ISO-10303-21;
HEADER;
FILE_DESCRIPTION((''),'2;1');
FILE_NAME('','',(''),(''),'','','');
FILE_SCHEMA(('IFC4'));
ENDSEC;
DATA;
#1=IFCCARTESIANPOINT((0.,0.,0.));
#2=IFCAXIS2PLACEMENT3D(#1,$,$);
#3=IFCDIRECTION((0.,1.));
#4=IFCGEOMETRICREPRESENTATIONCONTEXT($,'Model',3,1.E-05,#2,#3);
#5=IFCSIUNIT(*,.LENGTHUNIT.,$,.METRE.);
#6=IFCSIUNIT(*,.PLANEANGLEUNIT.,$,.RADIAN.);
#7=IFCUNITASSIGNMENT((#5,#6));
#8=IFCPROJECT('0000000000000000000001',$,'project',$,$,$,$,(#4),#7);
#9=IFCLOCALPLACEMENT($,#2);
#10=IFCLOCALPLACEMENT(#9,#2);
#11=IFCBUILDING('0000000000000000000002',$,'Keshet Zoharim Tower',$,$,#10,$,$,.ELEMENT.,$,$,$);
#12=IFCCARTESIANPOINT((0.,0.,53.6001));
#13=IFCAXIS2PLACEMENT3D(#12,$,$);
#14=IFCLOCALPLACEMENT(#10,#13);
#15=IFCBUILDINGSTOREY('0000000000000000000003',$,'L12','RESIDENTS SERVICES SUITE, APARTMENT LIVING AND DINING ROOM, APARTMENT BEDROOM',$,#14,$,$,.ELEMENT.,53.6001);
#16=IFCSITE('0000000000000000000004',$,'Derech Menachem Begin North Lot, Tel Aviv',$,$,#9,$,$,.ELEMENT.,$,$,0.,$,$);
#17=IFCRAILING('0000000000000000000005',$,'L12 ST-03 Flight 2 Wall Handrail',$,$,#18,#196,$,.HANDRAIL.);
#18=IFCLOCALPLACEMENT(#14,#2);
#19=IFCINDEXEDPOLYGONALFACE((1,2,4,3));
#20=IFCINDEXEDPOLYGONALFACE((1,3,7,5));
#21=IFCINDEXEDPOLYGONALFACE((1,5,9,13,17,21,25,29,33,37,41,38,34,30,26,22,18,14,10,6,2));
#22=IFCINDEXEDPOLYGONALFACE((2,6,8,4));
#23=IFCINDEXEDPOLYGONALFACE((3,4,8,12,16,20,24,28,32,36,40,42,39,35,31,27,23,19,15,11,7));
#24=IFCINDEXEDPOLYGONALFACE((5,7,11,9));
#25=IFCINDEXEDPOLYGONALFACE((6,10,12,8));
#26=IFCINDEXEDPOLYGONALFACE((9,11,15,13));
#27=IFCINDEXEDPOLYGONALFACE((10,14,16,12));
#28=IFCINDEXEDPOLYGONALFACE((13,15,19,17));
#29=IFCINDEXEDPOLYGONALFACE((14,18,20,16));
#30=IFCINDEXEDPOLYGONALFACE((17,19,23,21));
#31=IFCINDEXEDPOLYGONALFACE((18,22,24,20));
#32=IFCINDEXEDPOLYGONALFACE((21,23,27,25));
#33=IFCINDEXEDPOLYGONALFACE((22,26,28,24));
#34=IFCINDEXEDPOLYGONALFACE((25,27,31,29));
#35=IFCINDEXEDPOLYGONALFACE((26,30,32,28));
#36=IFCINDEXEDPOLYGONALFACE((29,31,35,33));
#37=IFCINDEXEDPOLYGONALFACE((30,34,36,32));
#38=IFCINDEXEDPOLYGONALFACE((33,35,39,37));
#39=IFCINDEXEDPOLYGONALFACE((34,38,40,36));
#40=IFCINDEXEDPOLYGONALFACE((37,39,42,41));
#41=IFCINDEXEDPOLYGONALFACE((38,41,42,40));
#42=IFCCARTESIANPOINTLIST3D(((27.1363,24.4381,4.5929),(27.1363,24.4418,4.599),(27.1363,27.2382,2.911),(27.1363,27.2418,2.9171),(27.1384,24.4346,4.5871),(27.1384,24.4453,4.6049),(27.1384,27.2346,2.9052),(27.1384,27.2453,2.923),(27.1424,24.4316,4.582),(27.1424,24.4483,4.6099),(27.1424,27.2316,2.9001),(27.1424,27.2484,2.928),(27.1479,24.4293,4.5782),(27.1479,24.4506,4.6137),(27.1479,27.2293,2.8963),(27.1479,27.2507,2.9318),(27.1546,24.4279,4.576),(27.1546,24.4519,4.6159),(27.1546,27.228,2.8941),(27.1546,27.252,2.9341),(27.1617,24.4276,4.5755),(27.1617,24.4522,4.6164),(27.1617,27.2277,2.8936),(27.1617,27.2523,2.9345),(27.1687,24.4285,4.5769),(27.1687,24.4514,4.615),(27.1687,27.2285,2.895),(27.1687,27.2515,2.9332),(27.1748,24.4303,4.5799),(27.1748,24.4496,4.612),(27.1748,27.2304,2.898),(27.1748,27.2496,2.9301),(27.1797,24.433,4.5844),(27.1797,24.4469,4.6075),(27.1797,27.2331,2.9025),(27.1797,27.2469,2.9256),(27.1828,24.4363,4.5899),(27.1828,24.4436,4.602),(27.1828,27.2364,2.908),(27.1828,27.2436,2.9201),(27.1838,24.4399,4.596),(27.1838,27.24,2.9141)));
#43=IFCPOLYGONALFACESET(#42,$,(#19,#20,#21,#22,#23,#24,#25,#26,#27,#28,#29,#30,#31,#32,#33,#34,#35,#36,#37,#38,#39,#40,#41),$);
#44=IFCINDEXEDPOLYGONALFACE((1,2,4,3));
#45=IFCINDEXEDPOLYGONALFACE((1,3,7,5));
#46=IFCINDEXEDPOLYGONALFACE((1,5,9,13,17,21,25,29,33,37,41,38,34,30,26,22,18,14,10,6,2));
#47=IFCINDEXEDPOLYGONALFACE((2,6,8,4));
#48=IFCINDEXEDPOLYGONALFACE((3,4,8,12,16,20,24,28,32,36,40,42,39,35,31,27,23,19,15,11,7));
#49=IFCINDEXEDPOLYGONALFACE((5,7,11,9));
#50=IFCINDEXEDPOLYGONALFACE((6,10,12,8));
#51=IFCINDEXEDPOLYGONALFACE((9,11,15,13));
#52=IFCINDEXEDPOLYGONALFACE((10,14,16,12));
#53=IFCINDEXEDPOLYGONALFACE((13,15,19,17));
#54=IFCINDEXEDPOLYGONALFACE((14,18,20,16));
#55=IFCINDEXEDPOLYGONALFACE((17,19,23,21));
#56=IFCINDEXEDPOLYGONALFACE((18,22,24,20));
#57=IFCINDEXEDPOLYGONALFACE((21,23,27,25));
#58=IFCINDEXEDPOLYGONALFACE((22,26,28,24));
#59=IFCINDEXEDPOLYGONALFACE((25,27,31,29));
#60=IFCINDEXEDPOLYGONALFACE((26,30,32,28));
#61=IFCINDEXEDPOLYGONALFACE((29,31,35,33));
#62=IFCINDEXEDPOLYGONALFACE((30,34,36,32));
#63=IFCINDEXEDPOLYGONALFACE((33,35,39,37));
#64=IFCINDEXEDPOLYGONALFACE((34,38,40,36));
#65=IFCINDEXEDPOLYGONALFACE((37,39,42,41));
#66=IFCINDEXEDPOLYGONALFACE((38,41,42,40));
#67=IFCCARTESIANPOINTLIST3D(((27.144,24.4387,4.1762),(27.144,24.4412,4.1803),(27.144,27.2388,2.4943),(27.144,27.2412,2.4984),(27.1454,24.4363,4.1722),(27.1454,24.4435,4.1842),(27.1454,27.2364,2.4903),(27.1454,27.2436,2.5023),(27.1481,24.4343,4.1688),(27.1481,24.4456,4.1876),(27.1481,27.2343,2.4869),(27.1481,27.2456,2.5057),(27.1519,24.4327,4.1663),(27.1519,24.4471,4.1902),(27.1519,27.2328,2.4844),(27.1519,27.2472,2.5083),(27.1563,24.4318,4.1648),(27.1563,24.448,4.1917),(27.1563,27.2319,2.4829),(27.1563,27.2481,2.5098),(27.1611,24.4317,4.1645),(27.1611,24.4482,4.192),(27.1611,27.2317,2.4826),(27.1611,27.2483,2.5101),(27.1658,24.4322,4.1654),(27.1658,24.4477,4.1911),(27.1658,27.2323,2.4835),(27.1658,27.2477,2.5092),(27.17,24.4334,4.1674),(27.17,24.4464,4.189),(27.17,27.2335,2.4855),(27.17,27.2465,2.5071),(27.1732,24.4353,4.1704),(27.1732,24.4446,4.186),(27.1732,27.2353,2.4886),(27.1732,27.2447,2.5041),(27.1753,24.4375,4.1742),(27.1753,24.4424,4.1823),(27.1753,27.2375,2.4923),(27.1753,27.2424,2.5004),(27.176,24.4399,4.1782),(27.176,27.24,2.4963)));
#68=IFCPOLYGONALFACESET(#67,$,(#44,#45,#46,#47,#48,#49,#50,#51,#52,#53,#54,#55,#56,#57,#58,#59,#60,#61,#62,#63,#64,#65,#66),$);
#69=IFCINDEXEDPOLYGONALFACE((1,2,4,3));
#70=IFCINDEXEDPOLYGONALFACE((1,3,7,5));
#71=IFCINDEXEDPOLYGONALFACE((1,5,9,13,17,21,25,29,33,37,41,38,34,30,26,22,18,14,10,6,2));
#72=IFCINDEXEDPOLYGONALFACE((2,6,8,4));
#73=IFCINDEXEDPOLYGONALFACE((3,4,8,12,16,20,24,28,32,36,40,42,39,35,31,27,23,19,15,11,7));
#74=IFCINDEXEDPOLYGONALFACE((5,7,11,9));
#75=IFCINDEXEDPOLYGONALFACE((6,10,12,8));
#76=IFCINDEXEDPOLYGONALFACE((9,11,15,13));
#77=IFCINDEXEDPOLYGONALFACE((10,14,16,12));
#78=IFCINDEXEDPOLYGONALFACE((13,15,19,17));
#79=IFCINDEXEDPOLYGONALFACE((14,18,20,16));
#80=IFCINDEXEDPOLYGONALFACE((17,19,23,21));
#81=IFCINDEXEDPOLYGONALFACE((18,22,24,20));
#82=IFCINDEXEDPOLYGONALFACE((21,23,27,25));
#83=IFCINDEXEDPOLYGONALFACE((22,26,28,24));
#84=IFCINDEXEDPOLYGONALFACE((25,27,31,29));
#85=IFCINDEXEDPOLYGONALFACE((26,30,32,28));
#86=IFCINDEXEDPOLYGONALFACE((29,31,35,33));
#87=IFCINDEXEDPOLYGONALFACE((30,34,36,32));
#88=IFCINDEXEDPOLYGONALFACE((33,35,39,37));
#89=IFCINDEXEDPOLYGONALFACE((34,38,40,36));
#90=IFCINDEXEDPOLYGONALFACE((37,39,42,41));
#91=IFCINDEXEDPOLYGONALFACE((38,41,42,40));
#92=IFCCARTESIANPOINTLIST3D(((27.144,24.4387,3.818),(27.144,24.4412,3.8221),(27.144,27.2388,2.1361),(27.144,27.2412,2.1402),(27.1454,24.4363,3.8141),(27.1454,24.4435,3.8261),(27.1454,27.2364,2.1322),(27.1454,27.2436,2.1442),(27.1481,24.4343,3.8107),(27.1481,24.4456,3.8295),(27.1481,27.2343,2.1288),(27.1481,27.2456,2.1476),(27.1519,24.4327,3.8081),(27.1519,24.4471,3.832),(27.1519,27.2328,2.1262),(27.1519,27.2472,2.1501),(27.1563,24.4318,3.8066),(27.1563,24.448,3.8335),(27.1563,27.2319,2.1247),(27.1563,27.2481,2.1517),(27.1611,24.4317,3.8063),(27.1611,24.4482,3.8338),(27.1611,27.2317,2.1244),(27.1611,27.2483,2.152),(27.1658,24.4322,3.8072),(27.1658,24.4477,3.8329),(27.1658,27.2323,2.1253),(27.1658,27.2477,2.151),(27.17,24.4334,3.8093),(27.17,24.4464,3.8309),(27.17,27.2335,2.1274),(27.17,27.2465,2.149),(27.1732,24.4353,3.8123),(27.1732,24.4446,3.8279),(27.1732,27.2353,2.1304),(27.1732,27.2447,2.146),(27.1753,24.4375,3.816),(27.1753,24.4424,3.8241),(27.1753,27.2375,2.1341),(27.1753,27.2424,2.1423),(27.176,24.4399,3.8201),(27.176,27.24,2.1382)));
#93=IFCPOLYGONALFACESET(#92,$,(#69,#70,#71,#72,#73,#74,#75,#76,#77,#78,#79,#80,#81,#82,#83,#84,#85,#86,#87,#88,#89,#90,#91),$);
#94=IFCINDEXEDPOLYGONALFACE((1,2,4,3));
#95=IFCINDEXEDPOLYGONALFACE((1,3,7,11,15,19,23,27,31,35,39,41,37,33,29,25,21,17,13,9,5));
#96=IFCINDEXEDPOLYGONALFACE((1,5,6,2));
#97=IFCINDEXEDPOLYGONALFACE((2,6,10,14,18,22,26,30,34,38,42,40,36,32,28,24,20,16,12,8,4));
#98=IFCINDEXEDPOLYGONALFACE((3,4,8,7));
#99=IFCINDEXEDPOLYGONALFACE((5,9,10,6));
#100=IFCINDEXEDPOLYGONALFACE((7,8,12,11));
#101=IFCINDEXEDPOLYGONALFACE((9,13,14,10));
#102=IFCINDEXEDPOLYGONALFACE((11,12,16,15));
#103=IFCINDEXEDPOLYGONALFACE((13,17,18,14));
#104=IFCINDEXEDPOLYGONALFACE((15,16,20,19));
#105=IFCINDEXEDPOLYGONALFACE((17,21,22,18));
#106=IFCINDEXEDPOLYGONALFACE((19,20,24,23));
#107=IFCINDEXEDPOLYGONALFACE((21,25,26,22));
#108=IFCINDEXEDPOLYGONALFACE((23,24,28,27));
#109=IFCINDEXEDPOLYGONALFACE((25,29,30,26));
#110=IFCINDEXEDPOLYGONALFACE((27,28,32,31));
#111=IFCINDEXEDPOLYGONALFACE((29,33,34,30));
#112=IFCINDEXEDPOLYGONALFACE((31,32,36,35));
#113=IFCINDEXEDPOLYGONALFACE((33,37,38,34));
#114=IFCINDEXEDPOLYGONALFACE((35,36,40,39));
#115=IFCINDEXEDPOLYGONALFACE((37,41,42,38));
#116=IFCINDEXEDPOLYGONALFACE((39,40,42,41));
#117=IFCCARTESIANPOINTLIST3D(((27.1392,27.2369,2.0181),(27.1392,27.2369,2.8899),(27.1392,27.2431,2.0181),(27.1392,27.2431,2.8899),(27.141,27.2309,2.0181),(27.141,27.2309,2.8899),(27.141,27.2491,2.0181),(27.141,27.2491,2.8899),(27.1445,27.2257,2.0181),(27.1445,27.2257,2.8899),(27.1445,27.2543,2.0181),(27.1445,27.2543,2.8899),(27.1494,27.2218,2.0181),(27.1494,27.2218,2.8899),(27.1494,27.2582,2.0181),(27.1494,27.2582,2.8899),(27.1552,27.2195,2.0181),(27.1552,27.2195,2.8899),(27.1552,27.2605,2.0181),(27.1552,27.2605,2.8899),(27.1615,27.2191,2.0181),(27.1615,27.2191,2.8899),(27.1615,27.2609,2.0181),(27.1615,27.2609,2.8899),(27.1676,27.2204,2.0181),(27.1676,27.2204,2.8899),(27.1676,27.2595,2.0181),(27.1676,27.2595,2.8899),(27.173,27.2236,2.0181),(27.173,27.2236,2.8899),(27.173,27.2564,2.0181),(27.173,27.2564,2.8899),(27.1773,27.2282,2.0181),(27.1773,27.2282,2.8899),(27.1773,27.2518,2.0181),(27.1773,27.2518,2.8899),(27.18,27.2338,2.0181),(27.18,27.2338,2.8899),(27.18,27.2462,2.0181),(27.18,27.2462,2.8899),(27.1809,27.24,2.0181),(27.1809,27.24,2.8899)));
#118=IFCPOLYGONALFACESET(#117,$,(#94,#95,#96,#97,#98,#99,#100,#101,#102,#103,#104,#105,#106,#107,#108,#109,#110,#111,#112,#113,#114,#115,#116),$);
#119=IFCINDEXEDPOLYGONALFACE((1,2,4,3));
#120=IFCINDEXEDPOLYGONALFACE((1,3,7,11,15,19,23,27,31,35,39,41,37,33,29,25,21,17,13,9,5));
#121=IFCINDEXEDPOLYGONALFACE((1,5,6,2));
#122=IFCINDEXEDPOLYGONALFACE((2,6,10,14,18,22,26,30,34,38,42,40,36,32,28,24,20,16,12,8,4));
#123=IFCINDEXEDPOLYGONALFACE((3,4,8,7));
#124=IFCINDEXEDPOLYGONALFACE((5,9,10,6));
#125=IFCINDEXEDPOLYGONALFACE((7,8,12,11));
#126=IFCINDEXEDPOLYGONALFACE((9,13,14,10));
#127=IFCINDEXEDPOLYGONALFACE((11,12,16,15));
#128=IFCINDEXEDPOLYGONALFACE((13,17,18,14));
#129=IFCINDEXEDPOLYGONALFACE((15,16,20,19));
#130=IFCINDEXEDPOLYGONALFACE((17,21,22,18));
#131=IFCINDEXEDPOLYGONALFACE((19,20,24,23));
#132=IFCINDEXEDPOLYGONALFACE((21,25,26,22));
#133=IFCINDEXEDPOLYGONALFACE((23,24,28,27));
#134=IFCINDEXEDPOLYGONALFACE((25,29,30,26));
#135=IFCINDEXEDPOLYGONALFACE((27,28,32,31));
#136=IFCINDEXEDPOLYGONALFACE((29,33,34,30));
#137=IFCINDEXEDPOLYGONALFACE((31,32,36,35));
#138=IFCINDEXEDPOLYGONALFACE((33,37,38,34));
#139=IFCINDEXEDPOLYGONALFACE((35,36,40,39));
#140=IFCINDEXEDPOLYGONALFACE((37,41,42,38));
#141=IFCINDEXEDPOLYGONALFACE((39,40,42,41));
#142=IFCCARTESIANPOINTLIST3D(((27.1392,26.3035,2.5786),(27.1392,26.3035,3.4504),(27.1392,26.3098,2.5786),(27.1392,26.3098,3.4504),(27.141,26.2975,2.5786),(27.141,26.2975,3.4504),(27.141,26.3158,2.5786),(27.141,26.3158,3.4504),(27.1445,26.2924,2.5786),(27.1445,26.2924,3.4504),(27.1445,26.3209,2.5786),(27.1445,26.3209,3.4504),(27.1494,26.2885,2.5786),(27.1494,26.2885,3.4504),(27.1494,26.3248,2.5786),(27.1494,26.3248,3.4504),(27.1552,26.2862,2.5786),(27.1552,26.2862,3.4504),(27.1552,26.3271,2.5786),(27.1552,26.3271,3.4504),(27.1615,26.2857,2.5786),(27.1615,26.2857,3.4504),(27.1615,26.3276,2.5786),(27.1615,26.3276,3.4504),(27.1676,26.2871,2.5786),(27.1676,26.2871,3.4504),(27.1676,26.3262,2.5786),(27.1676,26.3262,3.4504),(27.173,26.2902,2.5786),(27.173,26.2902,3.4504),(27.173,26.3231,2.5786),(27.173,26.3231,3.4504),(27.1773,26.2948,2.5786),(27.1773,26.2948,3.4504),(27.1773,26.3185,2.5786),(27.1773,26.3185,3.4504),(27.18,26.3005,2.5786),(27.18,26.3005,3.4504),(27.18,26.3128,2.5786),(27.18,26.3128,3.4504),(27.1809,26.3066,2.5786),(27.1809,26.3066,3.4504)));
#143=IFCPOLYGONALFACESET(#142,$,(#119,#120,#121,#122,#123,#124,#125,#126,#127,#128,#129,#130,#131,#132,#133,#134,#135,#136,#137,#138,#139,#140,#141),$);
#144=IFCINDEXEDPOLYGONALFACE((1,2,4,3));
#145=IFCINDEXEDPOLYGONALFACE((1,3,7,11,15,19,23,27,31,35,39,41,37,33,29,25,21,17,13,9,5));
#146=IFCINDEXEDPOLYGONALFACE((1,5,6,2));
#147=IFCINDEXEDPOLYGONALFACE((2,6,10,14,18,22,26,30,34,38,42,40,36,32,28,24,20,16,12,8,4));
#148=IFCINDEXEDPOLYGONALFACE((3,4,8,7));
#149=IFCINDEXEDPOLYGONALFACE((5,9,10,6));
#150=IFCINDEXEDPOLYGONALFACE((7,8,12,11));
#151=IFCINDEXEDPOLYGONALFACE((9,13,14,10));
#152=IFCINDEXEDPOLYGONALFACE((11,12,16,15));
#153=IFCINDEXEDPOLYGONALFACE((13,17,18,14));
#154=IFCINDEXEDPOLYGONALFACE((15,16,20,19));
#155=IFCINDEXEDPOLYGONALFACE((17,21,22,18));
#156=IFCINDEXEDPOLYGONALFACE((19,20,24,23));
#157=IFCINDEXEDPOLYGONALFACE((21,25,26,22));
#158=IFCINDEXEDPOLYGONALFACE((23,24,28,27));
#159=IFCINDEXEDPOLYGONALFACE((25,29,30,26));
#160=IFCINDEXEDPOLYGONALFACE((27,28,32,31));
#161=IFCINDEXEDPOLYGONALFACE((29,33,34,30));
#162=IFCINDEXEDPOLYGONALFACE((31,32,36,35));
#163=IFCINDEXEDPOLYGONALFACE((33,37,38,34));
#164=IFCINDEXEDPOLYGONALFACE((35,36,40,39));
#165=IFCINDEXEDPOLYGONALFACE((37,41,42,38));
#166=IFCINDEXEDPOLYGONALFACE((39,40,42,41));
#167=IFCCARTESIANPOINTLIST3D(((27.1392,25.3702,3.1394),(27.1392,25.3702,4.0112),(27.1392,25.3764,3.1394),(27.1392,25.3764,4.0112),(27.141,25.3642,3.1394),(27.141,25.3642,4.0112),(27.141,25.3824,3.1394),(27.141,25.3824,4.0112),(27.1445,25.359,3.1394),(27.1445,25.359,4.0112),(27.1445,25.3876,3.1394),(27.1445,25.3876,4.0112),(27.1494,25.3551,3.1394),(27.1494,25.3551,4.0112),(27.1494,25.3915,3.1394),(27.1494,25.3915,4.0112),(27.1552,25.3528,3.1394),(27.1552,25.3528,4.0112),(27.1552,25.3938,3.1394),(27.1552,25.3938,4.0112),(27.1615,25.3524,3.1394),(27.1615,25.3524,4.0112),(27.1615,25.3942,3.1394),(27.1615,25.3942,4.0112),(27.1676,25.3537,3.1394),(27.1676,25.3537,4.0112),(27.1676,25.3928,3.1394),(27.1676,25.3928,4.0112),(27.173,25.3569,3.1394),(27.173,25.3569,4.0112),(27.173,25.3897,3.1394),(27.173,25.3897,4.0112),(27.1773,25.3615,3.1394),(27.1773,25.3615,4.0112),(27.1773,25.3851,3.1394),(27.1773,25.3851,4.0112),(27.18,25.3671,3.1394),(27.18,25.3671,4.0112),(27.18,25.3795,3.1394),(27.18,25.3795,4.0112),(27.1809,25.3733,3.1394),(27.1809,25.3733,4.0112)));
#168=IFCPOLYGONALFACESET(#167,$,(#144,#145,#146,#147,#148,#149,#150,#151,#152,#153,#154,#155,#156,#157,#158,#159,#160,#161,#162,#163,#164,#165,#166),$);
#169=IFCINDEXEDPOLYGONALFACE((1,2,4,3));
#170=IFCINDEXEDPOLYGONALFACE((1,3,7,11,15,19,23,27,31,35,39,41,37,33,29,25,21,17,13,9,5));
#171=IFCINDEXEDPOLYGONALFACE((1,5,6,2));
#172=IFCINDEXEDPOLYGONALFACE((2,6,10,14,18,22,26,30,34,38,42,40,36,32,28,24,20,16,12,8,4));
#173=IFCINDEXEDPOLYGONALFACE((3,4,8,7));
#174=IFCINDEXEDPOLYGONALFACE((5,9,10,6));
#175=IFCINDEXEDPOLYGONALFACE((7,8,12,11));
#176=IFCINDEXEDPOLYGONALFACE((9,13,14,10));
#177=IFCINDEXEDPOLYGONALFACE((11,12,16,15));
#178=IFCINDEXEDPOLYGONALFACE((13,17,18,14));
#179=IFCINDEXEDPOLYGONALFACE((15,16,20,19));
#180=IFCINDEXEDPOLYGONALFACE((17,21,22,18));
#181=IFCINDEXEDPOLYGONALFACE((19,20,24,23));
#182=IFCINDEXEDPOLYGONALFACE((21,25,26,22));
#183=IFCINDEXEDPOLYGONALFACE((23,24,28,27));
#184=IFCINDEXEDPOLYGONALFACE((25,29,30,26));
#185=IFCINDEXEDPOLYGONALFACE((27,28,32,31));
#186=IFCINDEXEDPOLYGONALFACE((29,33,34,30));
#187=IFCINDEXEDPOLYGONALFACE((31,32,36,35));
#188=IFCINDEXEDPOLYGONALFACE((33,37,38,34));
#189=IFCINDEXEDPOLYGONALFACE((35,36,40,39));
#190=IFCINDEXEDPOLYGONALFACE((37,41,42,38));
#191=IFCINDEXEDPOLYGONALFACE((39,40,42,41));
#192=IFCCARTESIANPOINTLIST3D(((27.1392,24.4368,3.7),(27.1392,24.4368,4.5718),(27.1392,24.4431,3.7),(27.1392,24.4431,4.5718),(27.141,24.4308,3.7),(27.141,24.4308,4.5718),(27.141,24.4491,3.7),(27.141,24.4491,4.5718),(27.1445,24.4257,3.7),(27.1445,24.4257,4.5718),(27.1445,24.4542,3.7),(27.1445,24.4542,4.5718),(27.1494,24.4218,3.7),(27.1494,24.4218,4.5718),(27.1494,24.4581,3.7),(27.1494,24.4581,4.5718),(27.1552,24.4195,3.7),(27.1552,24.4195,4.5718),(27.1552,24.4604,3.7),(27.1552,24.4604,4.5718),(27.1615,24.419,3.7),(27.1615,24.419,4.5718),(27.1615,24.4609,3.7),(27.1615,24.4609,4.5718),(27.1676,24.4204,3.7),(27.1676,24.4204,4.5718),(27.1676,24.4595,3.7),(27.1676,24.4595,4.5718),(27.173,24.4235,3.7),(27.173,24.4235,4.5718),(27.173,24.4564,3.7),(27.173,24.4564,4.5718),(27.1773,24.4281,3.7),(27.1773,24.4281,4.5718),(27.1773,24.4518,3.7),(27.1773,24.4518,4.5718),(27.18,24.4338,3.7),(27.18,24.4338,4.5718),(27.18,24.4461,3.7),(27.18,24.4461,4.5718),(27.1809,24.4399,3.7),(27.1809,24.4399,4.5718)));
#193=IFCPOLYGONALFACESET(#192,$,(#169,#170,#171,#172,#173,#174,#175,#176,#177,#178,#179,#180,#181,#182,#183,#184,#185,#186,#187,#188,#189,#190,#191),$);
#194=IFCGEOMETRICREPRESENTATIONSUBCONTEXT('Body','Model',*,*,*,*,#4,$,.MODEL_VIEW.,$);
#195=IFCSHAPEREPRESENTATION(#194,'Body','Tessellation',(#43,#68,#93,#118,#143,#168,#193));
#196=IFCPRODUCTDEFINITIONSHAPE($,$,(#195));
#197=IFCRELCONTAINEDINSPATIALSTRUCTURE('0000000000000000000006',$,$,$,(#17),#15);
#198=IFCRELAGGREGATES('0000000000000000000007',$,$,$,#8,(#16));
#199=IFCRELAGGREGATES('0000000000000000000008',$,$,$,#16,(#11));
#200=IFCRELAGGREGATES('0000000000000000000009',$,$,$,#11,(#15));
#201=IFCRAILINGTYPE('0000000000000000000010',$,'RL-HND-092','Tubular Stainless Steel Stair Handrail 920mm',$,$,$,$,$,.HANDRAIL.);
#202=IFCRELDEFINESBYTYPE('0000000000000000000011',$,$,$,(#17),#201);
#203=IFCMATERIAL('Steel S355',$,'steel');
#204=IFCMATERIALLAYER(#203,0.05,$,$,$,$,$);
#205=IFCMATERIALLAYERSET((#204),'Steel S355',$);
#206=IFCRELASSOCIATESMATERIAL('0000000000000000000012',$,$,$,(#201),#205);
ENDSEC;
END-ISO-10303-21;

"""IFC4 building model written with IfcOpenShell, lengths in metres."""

from ifc_helpers import new_model, si_unit, direction, frame, origin, origin_2d, place, context, subcontext, project, spatial, circle, extrude, material, layer, layer_set, type_object, element, save


model = new_model("IFC4")

# Units and contexts
model_context = context("Model", 3, precision=1e-05, world=origin(), true_north=direction((0.0, 1.0)))
body_context = subcontext(model_context, "Body", "Model", "MODEL_VIEW")
ifc_project = project(units=[si_unit("LENGTHUNIT", "METRE"), si_unit("PLANEANGLEUNIT", "RADIAN")], contexts=[model_context])

# Site, building, storey
site_placement = place(None, origin())
site = spatial("IfcSite", under=ifc_project, at=site_placement, Name="Derech Menachem Begin North Lot, Tel Aviv", CompositionType="ELEMENT", RefElevation=0.0)
building_placement = place(site_placement, origin())
building = spatial("IfcBuilding", under=site, at=building_placement, Name="Keshet Zoharim Tower", CompositionType="ELEMENT")
storey_placement = place(building_placement, frame((0.0, 0.0, 53.6001)))
storey = spatial("IfcBuildingStorey", under=building, at=storey_placement, Name="L12", Description="RESIDENTS SERVICES SUITE, APARTMENT LIVING AND DINING ROOM, APARTMENT BEDROOM", CompositionType="ELEMENT", Elevation=53.6001)

# Shared definitions
ifc_material_1 = material(Name="Steel S355", Category="steel")

# Railing
ifc_layer_1 = layer(ifc_material_1, 0.05)
ifc_layer_set_1 = layer_set([ifc_layer_1], Name="Steel S355")
railing_type = type_object("IfcRailingType", Name="RL-HND-092", Description="Tubular Stainless Steel Stair Handrail 920mm", PredefinedType="HANDRAIL", material=ifc_layer_set_1)
railing_placement = place(storey_placement, frame((27.1599, 27.24, 2.0181)))
element("IfcRailing", 1, at=railing_placement, inside=storey, type_object=railing_type, Name="L12 ST-03 Flight 2 Wall Handrail", PredefinedType="HANDRAIL", context=body_context, shape_type="SweptSolid", body=[
    extrude(circle(Radius=0.0239, at=origin_2d()), frame((0.0, 0.0, 0.896), z_axis=(0.0, -0.857242, 0.514913), x_axis=(1.0, 0.0, 0.0)), (0.0, 0.0, 1.0), 3.2664),
    extrude(circle(Radius=0.0161, at=origin_2d()), frame((0.0, 0.0, 0.4783), z_axis=(0.0, -0.857242, 0.514913), x_axis=(1.0, 0.0, 0.0)), (0.0, 0.0, 1.0), 3.2664),
    extrude(circle(Radius=0.0161, at=origin_2d()), frame((0.0, 0.0, 0.1201), z_axis=(0.0, -0.857242, 0.514913), x_axis=(1.0, 0.0, 0.0)), (0.0, 0.0, 1.0), 3.2664),
    extrude(circle(Radius=0.021, at=origin_2d()), origin(), (0.0, 0.0, 1.0), 0.8718),
    extrude(circle(Radius=0.021, at=origin_2d()), frame((0.0, -0.9333, 0.5605)), (0.0, 0.0, 1.0), 0.8718),
    extrude(circle(Radius=0.021, at=origin_2d()), frame((0.0, -1.8667, 1.1213)), (0.0, 0.0, 1.0), 0.8718),
    extrude(circle(Radius=0.021, at=origin_2d()), frame((0.0, -2.8, 1.6819)), (0.0, 0.0, 1.0), 0.8718),
])

save(model, "model.ifc")
